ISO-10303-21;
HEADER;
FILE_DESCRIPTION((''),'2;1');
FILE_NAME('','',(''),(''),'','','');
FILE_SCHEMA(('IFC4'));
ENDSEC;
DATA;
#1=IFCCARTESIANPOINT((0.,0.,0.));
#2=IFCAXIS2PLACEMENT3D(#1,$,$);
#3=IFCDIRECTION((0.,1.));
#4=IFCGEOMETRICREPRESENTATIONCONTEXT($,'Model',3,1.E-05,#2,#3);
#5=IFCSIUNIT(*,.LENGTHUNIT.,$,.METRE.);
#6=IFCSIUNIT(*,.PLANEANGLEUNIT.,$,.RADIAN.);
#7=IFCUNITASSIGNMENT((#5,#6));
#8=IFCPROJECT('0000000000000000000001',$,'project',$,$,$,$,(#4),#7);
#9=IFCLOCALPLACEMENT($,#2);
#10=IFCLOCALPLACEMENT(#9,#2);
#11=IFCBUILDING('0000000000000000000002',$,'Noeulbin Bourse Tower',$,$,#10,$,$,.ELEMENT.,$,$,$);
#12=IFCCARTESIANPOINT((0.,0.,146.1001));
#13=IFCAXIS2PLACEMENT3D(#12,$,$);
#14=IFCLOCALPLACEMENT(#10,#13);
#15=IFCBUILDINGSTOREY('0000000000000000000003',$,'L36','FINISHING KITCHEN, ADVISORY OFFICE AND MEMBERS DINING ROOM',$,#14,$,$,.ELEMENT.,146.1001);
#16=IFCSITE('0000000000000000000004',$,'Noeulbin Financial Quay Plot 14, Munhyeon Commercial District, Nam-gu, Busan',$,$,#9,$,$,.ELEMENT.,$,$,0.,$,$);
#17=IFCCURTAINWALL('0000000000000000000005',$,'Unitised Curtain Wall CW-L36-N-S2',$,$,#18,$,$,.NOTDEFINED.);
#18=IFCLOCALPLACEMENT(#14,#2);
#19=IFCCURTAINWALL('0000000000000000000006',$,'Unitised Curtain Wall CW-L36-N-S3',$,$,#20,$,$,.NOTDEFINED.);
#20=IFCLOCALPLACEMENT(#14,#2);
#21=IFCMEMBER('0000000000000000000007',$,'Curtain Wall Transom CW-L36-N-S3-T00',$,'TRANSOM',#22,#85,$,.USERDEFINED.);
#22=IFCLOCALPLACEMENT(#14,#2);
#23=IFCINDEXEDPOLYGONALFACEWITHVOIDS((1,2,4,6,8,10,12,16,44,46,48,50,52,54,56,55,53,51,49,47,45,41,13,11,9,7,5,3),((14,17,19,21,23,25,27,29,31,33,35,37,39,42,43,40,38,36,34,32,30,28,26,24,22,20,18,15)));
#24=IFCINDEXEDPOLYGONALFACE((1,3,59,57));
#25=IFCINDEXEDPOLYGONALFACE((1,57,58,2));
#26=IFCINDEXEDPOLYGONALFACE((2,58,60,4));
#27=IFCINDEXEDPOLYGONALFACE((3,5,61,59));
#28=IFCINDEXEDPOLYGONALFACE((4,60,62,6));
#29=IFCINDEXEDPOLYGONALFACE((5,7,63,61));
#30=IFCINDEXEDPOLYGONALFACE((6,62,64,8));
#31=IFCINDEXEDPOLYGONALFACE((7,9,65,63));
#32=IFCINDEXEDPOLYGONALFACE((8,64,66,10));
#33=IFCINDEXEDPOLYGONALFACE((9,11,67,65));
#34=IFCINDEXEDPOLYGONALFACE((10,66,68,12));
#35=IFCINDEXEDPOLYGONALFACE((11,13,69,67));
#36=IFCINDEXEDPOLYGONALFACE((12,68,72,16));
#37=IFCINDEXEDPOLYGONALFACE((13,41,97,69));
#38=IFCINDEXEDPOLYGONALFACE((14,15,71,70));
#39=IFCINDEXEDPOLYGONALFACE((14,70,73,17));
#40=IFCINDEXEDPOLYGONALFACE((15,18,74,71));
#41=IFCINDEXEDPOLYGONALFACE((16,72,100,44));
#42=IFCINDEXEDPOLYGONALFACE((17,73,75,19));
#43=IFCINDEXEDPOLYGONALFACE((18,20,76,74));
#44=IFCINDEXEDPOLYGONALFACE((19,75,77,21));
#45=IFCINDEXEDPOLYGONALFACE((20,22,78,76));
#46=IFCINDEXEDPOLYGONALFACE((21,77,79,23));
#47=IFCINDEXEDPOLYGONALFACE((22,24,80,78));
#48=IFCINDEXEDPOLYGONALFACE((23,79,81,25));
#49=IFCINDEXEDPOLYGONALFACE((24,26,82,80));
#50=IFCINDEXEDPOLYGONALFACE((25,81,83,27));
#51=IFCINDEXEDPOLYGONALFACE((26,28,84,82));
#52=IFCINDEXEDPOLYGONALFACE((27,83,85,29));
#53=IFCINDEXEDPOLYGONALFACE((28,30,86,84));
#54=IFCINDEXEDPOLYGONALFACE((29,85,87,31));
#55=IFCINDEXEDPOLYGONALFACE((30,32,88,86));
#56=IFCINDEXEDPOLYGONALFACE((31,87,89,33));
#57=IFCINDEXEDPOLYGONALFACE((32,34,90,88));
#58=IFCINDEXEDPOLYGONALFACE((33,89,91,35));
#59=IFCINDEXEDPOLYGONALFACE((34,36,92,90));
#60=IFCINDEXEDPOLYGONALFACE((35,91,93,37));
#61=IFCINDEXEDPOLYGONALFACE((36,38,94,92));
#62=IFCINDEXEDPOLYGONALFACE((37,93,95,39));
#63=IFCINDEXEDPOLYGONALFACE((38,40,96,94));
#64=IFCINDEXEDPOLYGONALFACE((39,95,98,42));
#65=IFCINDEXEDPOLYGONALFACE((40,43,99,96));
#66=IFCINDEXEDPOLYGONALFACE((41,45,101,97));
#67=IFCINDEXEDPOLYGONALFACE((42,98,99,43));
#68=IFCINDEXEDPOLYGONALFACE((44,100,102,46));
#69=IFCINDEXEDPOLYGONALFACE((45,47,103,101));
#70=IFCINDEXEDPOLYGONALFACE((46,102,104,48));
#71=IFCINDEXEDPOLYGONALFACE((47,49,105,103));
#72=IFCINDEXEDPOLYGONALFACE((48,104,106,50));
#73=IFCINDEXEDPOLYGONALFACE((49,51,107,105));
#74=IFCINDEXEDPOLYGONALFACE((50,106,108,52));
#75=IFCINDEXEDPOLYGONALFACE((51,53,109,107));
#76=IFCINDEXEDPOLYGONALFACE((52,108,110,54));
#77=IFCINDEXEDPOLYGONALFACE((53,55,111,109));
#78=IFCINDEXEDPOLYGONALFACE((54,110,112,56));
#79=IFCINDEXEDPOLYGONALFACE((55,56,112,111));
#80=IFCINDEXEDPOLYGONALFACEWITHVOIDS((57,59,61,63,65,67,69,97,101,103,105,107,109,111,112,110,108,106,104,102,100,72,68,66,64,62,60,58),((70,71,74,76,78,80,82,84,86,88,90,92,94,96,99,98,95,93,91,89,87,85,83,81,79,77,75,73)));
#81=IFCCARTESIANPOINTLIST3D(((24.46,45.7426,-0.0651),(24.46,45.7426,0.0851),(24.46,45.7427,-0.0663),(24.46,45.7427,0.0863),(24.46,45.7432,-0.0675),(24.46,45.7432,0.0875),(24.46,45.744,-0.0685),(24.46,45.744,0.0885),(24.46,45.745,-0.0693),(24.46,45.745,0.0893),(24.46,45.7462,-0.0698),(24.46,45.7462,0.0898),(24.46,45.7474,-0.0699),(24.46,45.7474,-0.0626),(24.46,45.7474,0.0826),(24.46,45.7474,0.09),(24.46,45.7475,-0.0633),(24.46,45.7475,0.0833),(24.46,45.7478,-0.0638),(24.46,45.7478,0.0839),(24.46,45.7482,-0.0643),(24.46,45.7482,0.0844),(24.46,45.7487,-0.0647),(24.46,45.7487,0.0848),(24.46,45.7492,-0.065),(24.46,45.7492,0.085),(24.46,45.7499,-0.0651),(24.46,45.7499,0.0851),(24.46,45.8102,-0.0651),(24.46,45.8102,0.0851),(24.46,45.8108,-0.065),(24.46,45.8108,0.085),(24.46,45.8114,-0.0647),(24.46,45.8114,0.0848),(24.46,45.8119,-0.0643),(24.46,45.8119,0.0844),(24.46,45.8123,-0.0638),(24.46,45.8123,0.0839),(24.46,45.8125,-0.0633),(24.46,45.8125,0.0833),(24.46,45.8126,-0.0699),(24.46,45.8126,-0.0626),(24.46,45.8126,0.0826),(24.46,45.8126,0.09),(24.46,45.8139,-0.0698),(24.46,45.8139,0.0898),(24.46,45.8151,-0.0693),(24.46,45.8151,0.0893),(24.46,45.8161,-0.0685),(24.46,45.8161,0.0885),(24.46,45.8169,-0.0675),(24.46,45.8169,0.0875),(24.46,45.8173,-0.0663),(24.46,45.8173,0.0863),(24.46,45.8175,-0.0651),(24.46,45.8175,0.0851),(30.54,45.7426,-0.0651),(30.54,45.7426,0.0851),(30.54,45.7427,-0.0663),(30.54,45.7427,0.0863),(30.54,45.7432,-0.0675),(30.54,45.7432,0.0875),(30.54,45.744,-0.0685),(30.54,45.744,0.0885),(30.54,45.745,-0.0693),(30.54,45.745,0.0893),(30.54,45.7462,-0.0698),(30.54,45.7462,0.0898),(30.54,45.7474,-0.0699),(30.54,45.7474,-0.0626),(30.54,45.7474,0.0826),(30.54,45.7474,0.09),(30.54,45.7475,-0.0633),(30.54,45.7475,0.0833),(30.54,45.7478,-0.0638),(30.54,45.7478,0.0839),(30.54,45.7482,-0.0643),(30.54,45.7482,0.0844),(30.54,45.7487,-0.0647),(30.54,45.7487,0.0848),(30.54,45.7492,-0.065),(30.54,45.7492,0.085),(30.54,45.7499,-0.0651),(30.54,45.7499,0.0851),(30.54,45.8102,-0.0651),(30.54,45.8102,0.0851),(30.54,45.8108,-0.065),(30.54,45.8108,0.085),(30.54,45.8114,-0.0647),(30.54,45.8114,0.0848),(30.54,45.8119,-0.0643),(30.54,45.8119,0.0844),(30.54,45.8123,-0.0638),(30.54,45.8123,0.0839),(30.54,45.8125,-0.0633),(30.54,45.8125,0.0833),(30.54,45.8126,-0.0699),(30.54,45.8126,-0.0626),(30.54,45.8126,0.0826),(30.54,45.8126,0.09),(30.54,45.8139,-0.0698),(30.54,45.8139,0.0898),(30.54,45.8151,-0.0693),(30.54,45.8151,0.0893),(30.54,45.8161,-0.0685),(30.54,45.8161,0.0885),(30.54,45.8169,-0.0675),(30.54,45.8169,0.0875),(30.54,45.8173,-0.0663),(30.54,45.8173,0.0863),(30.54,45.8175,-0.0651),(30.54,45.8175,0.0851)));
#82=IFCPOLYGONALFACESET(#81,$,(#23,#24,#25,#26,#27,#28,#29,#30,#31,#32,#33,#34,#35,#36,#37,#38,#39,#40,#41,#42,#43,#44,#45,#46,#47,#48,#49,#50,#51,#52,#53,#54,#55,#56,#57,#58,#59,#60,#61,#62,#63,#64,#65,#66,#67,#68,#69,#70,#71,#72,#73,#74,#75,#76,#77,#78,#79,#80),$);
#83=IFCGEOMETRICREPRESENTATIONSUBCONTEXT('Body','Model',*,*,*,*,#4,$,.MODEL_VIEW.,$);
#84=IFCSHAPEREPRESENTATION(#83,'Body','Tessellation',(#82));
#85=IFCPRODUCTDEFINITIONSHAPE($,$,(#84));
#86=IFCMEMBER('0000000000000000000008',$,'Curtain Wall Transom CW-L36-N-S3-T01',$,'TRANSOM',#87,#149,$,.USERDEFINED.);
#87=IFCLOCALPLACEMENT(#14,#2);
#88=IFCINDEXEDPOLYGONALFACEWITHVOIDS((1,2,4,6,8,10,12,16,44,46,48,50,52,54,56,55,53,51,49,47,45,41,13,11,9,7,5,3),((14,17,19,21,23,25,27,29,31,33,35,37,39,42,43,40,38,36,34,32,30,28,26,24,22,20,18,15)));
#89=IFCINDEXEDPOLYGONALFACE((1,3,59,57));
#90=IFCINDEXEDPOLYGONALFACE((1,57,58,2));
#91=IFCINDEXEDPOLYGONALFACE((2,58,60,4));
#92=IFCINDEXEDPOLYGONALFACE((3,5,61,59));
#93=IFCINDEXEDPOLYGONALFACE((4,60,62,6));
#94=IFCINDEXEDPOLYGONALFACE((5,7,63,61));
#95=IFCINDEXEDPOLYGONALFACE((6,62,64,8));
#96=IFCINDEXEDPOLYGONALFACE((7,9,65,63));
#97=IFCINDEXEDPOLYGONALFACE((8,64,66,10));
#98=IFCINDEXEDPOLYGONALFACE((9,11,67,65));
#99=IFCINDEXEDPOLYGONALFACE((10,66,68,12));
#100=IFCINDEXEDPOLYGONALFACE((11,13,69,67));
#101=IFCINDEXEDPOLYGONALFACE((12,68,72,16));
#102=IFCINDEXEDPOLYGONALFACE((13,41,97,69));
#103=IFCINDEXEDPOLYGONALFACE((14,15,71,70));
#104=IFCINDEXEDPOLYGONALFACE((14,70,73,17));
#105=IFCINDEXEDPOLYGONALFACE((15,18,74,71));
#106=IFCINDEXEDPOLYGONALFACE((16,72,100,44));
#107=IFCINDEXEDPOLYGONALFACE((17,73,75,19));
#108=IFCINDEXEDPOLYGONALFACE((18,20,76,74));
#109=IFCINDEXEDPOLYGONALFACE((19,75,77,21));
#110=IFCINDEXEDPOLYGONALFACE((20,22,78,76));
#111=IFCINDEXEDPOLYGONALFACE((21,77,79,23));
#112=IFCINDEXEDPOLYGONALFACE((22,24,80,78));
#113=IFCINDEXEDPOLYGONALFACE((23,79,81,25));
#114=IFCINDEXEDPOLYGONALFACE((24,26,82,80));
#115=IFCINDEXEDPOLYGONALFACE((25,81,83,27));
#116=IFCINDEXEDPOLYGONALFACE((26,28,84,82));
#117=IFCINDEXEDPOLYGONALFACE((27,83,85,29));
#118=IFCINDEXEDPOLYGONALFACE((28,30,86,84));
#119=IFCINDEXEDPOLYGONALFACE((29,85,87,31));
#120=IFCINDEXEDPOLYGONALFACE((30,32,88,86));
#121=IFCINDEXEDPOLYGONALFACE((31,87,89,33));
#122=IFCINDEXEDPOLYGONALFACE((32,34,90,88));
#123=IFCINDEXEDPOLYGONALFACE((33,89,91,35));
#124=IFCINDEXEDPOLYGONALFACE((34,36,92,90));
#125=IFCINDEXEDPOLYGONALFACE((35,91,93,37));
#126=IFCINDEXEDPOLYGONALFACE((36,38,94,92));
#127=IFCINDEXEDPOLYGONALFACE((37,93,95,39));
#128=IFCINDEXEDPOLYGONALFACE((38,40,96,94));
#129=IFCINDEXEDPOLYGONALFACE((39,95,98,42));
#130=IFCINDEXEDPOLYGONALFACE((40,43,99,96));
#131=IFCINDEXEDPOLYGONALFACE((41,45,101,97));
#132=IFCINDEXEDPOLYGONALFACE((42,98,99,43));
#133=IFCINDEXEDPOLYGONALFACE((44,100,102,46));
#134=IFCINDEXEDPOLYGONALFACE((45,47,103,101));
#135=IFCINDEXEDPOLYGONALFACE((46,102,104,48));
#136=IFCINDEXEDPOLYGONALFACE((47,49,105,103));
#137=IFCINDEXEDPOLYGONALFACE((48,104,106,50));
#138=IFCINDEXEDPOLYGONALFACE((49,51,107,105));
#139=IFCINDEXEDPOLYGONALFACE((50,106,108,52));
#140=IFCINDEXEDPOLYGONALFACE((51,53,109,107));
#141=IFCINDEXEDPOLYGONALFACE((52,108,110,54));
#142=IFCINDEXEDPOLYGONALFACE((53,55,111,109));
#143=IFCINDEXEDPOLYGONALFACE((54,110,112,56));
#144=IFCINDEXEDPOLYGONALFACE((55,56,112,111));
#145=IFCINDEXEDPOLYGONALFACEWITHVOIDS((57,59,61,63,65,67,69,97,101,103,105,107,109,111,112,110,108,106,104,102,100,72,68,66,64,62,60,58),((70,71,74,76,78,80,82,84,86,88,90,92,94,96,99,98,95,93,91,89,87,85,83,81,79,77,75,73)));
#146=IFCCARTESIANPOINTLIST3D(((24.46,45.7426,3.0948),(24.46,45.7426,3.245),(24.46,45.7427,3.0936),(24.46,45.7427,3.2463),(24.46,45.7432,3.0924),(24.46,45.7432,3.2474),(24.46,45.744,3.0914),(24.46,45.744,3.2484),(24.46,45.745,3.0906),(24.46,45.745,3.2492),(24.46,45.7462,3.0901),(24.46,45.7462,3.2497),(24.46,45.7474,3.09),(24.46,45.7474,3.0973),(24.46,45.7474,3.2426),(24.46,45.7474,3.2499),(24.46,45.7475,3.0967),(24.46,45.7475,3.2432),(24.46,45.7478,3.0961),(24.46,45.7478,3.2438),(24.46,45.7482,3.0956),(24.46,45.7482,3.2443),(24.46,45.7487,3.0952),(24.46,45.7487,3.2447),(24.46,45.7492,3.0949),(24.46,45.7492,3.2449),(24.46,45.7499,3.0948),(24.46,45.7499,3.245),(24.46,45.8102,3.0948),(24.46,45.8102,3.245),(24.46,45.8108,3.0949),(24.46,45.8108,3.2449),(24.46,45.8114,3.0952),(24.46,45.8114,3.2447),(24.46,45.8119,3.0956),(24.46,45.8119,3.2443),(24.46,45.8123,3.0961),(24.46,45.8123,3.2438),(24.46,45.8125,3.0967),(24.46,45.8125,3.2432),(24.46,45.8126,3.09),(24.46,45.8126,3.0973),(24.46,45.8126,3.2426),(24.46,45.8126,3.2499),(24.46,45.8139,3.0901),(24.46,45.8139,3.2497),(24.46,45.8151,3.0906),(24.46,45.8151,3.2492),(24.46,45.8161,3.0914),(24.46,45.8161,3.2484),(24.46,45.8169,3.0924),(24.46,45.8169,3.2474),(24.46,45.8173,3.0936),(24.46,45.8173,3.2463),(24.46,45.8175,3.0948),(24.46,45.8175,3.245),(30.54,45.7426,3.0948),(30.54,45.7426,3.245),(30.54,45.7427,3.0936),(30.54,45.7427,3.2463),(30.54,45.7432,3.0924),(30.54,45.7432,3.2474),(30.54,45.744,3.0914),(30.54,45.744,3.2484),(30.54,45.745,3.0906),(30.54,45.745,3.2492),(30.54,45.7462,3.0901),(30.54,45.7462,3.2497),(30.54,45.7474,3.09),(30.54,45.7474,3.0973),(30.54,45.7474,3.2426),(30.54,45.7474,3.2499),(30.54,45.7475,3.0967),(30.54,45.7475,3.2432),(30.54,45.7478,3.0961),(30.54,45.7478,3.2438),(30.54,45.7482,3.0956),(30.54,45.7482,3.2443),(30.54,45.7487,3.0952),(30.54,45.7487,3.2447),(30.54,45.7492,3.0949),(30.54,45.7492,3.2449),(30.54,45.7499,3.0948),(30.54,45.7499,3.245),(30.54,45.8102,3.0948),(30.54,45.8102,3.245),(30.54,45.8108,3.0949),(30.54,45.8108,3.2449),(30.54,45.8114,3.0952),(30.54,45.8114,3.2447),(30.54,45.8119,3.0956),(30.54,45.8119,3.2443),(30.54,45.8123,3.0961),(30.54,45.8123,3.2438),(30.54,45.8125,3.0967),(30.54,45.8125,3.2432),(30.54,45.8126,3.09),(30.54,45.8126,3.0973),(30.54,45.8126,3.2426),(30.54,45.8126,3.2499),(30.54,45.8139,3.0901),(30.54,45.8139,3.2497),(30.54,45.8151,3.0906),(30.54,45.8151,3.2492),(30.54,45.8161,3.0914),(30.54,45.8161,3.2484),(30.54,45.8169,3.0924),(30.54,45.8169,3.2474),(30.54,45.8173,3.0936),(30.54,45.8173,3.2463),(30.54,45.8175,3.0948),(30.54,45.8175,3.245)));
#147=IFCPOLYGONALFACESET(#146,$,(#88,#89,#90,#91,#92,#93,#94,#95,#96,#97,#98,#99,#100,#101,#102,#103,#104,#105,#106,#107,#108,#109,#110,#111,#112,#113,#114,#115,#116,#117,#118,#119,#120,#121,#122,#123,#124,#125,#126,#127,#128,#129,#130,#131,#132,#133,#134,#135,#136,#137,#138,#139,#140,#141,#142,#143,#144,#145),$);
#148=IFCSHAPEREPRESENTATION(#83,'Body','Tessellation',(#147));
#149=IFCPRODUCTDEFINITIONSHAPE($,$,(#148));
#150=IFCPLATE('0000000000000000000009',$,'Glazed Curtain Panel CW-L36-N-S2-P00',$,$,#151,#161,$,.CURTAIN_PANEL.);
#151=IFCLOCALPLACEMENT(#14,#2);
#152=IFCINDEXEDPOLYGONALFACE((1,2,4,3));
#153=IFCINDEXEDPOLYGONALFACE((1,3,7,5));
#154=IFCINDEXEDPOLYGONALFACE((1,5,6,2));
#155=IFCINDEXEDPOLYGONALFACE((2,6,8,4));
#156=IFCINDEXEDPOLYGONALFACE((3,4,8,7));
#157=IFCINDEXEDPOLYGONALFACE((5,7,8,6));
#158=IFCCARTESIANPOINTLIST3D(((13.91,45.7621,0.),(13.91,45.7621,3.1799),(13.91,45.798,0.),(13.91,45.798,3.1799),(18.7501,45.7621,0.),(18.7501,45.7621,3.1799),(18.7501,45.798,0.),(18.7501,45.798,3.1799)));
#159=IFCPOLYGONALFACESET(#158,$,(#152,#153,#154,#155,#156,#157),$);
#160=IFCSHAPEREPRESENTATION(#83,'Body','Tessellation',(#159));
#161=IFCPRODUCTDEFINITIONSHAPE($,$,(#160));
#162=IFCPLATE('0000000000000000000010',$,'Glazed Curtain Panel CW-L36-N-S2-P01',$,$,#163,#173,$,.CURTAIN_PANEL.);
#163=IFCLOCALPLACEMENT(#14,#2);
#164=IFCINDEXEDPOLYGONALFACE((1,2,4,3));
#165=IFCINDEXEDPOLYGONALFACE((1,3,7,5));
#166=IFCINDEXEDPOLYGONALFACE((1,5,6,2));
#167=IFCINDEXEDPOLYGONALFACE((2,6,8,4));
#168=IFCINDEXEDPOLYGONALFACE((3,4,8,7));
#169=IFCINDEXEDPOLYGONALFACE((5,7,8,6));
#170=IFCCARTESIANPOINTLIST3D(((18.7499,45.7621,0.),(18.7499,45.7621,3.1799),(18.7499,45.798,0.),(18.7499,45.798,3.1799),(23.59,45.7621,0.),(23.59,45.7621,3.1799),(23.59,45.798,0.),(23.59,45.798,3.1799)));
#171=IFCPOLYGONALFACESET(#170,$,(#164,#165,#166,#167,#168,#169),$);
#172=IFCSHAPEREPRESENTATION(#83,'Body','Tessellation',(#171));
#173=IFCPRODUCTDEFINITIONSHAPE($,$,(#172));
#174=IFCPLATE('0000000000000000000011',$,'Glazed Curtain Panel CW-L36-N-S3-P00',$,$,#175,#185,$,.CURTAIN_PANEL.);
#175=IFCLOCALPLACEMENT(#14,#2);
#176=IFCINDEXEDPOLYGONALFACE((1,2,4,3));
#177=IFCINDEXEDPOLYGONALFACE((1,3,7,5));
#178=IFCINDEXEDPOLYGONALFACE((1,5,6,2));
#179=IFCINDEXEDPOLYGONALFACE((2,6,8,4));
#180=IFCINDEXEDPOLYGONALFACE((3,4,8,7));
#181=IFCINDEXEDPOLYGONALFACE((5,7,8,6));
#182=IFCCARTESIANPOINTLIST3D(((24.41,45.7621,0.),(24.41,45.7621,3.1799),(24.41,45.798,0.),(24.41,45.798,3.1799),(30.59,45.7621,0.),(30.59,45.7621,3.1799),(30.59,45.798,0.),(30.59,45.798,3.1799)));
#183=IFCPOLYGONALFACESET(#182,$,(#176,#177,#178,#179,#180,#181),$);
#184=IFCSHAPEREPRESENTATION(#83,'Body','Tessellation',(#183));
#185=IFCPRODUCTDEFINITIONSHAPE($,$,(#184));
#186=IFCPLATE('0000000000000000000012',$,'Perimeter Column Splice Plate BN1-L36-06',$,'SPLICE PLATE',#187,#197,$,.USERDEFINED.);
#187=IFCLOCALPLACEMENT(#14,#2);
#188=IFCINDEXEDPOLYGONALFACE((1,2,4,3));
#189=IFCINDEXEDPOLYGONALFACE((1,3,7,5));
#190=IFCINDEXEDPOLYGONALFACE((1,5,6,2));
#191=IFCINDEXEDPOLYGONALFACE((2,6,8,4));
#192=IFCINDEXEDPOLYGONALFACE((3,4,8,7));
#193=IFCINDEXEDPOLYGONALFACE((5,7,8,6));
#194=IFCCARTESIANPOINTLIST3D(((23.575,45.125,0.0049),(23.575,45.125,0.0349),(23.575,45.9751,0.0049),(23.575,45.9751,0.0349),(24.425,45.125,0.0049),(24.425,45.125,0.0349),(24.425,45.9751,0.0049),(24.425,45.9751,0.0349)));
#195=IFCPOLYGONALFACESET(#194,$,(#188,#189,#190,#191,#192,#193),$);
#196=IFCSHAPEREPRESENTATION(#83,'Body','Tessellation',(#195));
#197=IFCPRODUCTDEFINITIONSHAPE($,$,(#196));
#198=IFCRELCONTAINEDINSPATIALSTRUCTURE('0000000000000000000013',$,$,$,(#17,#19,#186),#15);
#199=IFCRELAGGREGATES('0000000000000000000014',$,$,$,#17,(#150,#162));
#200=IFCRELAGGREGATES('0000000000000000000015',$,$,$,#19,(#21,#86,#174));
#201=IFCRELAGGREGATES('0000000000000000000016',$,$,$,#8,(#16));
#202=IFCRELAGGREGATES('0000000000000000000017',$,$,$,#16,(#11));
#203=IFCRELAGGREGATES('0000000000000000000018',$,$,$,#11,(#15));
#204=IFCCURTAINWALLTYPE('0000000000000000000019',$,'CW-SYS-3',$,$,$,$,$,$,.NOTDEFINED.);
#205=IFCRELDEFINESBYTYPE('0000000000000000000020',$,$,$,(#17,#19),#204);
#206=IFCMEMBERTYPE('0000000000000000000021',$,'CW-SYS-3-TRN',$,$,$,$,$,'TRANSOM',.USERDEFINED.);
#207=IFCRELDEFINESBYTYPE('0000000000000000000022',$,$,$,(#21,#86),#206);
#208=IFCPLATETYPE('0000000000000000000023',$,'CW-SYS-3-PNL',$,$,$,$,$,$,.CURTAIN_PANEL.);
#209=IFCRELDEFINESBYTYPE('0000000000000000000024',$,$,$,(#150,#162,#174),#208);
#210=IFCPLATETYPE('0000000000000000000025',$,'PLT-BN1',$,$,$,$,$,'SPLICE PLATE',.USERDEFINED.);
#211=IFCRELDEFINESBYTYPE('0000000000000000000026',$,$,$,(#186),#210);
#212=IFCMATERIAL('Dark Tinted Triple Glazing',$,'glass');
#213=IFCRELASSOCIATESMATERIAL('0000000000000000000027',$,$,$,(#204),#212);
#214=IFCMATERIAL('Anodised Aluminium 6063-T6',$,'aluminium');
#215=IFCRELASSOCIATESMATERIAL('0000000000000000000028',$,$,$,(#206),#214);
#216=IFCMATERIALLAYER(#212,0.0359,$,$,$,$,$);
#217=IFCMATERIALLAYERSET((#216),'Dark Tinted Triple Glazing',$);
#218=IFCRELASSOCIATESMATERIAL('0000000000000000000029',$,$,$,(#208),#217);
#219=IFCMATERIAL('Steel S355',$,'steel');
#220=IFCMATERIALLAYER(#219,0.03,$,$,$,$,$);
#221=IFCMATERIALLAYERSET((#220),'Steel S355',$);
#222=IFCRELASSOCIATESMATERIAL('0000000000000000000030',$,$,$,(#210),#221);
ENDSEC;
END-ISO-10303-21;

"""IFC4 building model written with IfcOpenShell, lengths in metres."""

from ifc_helpers import new_model, si_unit, direction, frame, origin, origin_2d, place, context, subcontext, project, spatial, rectangle, hollow_rectangle, extrude, material, layer, layer_set, material_profile, profile_set, type_object, element, aggregate, save


model = new_model("IFC4")

# Units and contexts
model_context = context("Model", 3, precision=1e-05, world=origin(), true_north=direction((0.0, 1.0)))
body_context = subcontext(model_context, "Body", "Model", "MODEL_VIEW")
ifc_project = project(units=[si_unit("LENGTHUNIT", "METRE"), si_unit("PLANEANGLEUNIT", "RADIAN")], contexts=[model_context])

# Site, building, storey
site_placement = place(None, origin())
site = spatial("IfcSite", under=ifc_project, at=site_placement, Name="Noeulbin Financial Quay Plot 14, Munhyeon Commercial District, Nam-gu, Busan", CompositionType="ELEMENT", RefElevation=0.0)
building_placement = place(site_placement, origin())
building = spatial("IfcBuilding", under=site, at=building_placement, Name="Noeulbin Bourse Tower", CompositionType="ELEMENT")
storey_placement = place(building_placement, frame((0.0, 0.0, 146.1001)))
storey = spatial("IfcBuildingStorey", under=building, at=storey_placement, Name="L36", Description="FINISHING KITCHEN, ADVISORY OFFICE AND MEMBERS DINING ROOM", CompositionType="ELEMENT", Elevation=146.1001)

# Shared definitions
ifc_material_1 = material(Name="Steel S355", Category="steel")

# Curtain walls, members
ifc_material_2 = material(Name="Dark Tinted Triple Glazing", Category="glass")
curtain_wall_type = type_object("IfcCurtainWallType", Name="CW-SYS-3", PredefinedType="NOTDEFINED", material=ifc_material_2)
curtain_wall_1_placement = place(storey_placement, origin())
curtain_wall_1 = element("IfcCurtainWall", 1, at=curtain_wall_1_placement, inside=storey, type_object=curtain_wall_type, Name="Unitised Curtain Wall CW-L36-N-S2", PredefinedType="NOTDEFINED")
ifc_material_3 = material(Name="Anodised Aluminium 6063-T6", Category="aluminium")
curtain_wall_2_placement = place(storey_placement, origin())
curtain_wall_2 = element("IfcCurtainWall", 2, at=curtain_wall_2_placement, inside=storey, type_object=curtain_wall_type, Name="Unitised Curtain Wall CW-L36-N-S3", PredefinedType="NOTDEFINED")
ifc_material_profile_1 = material_profile(ifc_material_3, hollow_rectangle(XDim=0.075, YDim=0.1599, WallThickness=0.0049, InnerFilletRadius=0.0024, OuterFilletRadius=0.0049, at=origin_2d()), Name="ALU-TRAN-75x160x5", Category="LoadBearing")
ifc_profile_set_1 = profile_set([ifc_material_profile_1], Name="Anodised Aluminium 6063-T6")
member_type_1 = type_object("IfcMemberType", Name="CW-SYS-3-TRN", ElementType="TRANSOM", PredefinedType="USERDEFINED", material=ifc_profile_set_1)
member_1_placement = place(storey_placement, frame((24.46, 45.78, 0.01), z_axis=(1.0, 0.0, 0.0), x_axis=(0.0, 1.0, 0.0)))
member_1 = element("IfcMember", 3, at=member_1_placement, type_object=member_type_1, Name="Curtain Wall Transom CW-L36-N-S3-T00", ObjectType="TRANSOM", PredefinedType="USERDEFINED", context=body_context, shape_type="SweptSolid", body=[
    extrude(hollow_rectangle(XDim=0.075, YDim=0.1599, WallThickness=0.0049, InnerFilletRadius=0.0024, OuterFilletRadius=0.0049, at=origin_2d()), origin(), (0.0, 0.0, 1.0), 6.0801),
])
member_2_placement = place(storey_placement, frame((24.46, 45.78, 3.1699), z_axis=(1.0, 0.0, 0.0), x_axis=(0.0, 1.0, 0.0)))
member_2 = element("IfcMember", 4, at=member_2_placement, type_object=member_type_1, Name="Curtain Wall Transom CW-L36-N-S3-T01", ObjectType="TRANSOM", PredefinedType="USERDEFINED", context=body_context, shape_type="SweptSolid", body=[
    extrude(hollow_rectangle(XDim=0.075, YDim=0.1599, WallThickness=0.0049, InnerFilletRadius=0.0024, OuterFilletRadius=0.0049, at=origin_2d()), origin(), (0.0, 0.0, 1.0), 6.0801),
])

# Plates
ifc_layer_1 = layer(ifc_material_2, 0.0359)
ifc_layer_set_1 = layer_set([ifc_layer_1], Name="Dark Tinted Triple Glazing")
plate_type_1 = type_object("IfcPlateType", Name="CW-SYS-3-PNL", PredefinedType="CURTAIN_PANEL", material=ifc_layer_set_1)
plate_1_placement = place(storey_placement, frame((16.3301, 45.78, 0.0), z_axis=(0.0, 0.0, 1.0), x_axis=(1.0, 0.0, 0.0)))
plate_1 = element("IfcPlate", 5, at=plate_1_placement, type_object=plate_type_1, Name="Glazed Curtain Panel CW-L36-N-S2-P00", PredefinedType="CURTAIN_PANEL", context=body_context, shape_type="SweptSolid", body=[
    extrude(rectangle(XDim=4.8401, YDim=0.0359, at=origin_2d()), origin(), (0.0, 0.0, 1.0), 3.1799),
])
plate_2_placement = place(storey_placement, frame((21.1699, 45.78, 0.0), z_axis=(0.0, 0.0, 1.0), x_axis=(1.0, 0.0, 0.0)))
plate_2 = element("IfcPlate", 6, at=plate_2_placement, type_object=plate_type_1, Name="Glazed Curtain Panel CW-L36-N-S2-P01", PredefinedType="CURTAIN_PANEL", context=body_context, shape_type="SweptSolid", body=[
    extrude(rectangle(XDim=4.8401, YDim=0.0359, at=origin_2d()), origin(), (0.0, 0.0, 1.0), 3.1799),
])
aggregate(curtain_wall_1, [plate_1, plate_2])
plate_3_placement = place(storey_placement, frame((27.5, 45.78, 0.0), z_axis=(0.0, 0.0, 1.0), x_axis=(1.0, 0.0, 0.0)))
plate_3 = element("IfcPlate", 7, at=plate_3_placement, type_object=plate_type_1, Name="Glazed Curtain Panel CW-L36-N-S3-P00", PredefinedType="CURTAIN_PANEL", context=body_context, shape_type="SweptSolid", body=[
    extrude(rectangle(XDim=6.1799, YDim=0.0359, at=origin_2d()), origin(), (0.0, 0.0, 1.0), 3.1799),
])
aggregate(curtain_wall_2, [member_1, member_2, plate_3])
ifc_layer_2 = layer(ifc_material_1, 0.03)
ifc_layer_set_2 = layer_set([ifc_layer_2], Name="Steel S355")
plate_type_2 = type_object("IfcPlateType", Name="PLT-BN1", ElementType="SPLICE PLATE", PredefinedType="USERDEFINED", material=ifc_layer_set_2)
plate_4_placement = place(storey_placement, frame((24.0, 45.55, 0.0049), z_axis=(0.0, 0.0, 1.0), x_axis=(1.0, 0.0, 0.0)))
element("IfcPlate", 8, at=plate_4_placement, inside=storey, type_object=plate_type_2, Name="Perimeter Column Splice Plate BN1-L36-06", ObjectType="SPLICE PLATE", PredefinedType="USERDEFINED", context=body_context, shape_type="SweptSolid", body=[
    extrude(rectangle(XDim=0.8501, YDim=0.8501, at=origin_2d()), origin(), (0.0, 0.0, 1.0), 0.03),
])

save(model, "model.ifc")
